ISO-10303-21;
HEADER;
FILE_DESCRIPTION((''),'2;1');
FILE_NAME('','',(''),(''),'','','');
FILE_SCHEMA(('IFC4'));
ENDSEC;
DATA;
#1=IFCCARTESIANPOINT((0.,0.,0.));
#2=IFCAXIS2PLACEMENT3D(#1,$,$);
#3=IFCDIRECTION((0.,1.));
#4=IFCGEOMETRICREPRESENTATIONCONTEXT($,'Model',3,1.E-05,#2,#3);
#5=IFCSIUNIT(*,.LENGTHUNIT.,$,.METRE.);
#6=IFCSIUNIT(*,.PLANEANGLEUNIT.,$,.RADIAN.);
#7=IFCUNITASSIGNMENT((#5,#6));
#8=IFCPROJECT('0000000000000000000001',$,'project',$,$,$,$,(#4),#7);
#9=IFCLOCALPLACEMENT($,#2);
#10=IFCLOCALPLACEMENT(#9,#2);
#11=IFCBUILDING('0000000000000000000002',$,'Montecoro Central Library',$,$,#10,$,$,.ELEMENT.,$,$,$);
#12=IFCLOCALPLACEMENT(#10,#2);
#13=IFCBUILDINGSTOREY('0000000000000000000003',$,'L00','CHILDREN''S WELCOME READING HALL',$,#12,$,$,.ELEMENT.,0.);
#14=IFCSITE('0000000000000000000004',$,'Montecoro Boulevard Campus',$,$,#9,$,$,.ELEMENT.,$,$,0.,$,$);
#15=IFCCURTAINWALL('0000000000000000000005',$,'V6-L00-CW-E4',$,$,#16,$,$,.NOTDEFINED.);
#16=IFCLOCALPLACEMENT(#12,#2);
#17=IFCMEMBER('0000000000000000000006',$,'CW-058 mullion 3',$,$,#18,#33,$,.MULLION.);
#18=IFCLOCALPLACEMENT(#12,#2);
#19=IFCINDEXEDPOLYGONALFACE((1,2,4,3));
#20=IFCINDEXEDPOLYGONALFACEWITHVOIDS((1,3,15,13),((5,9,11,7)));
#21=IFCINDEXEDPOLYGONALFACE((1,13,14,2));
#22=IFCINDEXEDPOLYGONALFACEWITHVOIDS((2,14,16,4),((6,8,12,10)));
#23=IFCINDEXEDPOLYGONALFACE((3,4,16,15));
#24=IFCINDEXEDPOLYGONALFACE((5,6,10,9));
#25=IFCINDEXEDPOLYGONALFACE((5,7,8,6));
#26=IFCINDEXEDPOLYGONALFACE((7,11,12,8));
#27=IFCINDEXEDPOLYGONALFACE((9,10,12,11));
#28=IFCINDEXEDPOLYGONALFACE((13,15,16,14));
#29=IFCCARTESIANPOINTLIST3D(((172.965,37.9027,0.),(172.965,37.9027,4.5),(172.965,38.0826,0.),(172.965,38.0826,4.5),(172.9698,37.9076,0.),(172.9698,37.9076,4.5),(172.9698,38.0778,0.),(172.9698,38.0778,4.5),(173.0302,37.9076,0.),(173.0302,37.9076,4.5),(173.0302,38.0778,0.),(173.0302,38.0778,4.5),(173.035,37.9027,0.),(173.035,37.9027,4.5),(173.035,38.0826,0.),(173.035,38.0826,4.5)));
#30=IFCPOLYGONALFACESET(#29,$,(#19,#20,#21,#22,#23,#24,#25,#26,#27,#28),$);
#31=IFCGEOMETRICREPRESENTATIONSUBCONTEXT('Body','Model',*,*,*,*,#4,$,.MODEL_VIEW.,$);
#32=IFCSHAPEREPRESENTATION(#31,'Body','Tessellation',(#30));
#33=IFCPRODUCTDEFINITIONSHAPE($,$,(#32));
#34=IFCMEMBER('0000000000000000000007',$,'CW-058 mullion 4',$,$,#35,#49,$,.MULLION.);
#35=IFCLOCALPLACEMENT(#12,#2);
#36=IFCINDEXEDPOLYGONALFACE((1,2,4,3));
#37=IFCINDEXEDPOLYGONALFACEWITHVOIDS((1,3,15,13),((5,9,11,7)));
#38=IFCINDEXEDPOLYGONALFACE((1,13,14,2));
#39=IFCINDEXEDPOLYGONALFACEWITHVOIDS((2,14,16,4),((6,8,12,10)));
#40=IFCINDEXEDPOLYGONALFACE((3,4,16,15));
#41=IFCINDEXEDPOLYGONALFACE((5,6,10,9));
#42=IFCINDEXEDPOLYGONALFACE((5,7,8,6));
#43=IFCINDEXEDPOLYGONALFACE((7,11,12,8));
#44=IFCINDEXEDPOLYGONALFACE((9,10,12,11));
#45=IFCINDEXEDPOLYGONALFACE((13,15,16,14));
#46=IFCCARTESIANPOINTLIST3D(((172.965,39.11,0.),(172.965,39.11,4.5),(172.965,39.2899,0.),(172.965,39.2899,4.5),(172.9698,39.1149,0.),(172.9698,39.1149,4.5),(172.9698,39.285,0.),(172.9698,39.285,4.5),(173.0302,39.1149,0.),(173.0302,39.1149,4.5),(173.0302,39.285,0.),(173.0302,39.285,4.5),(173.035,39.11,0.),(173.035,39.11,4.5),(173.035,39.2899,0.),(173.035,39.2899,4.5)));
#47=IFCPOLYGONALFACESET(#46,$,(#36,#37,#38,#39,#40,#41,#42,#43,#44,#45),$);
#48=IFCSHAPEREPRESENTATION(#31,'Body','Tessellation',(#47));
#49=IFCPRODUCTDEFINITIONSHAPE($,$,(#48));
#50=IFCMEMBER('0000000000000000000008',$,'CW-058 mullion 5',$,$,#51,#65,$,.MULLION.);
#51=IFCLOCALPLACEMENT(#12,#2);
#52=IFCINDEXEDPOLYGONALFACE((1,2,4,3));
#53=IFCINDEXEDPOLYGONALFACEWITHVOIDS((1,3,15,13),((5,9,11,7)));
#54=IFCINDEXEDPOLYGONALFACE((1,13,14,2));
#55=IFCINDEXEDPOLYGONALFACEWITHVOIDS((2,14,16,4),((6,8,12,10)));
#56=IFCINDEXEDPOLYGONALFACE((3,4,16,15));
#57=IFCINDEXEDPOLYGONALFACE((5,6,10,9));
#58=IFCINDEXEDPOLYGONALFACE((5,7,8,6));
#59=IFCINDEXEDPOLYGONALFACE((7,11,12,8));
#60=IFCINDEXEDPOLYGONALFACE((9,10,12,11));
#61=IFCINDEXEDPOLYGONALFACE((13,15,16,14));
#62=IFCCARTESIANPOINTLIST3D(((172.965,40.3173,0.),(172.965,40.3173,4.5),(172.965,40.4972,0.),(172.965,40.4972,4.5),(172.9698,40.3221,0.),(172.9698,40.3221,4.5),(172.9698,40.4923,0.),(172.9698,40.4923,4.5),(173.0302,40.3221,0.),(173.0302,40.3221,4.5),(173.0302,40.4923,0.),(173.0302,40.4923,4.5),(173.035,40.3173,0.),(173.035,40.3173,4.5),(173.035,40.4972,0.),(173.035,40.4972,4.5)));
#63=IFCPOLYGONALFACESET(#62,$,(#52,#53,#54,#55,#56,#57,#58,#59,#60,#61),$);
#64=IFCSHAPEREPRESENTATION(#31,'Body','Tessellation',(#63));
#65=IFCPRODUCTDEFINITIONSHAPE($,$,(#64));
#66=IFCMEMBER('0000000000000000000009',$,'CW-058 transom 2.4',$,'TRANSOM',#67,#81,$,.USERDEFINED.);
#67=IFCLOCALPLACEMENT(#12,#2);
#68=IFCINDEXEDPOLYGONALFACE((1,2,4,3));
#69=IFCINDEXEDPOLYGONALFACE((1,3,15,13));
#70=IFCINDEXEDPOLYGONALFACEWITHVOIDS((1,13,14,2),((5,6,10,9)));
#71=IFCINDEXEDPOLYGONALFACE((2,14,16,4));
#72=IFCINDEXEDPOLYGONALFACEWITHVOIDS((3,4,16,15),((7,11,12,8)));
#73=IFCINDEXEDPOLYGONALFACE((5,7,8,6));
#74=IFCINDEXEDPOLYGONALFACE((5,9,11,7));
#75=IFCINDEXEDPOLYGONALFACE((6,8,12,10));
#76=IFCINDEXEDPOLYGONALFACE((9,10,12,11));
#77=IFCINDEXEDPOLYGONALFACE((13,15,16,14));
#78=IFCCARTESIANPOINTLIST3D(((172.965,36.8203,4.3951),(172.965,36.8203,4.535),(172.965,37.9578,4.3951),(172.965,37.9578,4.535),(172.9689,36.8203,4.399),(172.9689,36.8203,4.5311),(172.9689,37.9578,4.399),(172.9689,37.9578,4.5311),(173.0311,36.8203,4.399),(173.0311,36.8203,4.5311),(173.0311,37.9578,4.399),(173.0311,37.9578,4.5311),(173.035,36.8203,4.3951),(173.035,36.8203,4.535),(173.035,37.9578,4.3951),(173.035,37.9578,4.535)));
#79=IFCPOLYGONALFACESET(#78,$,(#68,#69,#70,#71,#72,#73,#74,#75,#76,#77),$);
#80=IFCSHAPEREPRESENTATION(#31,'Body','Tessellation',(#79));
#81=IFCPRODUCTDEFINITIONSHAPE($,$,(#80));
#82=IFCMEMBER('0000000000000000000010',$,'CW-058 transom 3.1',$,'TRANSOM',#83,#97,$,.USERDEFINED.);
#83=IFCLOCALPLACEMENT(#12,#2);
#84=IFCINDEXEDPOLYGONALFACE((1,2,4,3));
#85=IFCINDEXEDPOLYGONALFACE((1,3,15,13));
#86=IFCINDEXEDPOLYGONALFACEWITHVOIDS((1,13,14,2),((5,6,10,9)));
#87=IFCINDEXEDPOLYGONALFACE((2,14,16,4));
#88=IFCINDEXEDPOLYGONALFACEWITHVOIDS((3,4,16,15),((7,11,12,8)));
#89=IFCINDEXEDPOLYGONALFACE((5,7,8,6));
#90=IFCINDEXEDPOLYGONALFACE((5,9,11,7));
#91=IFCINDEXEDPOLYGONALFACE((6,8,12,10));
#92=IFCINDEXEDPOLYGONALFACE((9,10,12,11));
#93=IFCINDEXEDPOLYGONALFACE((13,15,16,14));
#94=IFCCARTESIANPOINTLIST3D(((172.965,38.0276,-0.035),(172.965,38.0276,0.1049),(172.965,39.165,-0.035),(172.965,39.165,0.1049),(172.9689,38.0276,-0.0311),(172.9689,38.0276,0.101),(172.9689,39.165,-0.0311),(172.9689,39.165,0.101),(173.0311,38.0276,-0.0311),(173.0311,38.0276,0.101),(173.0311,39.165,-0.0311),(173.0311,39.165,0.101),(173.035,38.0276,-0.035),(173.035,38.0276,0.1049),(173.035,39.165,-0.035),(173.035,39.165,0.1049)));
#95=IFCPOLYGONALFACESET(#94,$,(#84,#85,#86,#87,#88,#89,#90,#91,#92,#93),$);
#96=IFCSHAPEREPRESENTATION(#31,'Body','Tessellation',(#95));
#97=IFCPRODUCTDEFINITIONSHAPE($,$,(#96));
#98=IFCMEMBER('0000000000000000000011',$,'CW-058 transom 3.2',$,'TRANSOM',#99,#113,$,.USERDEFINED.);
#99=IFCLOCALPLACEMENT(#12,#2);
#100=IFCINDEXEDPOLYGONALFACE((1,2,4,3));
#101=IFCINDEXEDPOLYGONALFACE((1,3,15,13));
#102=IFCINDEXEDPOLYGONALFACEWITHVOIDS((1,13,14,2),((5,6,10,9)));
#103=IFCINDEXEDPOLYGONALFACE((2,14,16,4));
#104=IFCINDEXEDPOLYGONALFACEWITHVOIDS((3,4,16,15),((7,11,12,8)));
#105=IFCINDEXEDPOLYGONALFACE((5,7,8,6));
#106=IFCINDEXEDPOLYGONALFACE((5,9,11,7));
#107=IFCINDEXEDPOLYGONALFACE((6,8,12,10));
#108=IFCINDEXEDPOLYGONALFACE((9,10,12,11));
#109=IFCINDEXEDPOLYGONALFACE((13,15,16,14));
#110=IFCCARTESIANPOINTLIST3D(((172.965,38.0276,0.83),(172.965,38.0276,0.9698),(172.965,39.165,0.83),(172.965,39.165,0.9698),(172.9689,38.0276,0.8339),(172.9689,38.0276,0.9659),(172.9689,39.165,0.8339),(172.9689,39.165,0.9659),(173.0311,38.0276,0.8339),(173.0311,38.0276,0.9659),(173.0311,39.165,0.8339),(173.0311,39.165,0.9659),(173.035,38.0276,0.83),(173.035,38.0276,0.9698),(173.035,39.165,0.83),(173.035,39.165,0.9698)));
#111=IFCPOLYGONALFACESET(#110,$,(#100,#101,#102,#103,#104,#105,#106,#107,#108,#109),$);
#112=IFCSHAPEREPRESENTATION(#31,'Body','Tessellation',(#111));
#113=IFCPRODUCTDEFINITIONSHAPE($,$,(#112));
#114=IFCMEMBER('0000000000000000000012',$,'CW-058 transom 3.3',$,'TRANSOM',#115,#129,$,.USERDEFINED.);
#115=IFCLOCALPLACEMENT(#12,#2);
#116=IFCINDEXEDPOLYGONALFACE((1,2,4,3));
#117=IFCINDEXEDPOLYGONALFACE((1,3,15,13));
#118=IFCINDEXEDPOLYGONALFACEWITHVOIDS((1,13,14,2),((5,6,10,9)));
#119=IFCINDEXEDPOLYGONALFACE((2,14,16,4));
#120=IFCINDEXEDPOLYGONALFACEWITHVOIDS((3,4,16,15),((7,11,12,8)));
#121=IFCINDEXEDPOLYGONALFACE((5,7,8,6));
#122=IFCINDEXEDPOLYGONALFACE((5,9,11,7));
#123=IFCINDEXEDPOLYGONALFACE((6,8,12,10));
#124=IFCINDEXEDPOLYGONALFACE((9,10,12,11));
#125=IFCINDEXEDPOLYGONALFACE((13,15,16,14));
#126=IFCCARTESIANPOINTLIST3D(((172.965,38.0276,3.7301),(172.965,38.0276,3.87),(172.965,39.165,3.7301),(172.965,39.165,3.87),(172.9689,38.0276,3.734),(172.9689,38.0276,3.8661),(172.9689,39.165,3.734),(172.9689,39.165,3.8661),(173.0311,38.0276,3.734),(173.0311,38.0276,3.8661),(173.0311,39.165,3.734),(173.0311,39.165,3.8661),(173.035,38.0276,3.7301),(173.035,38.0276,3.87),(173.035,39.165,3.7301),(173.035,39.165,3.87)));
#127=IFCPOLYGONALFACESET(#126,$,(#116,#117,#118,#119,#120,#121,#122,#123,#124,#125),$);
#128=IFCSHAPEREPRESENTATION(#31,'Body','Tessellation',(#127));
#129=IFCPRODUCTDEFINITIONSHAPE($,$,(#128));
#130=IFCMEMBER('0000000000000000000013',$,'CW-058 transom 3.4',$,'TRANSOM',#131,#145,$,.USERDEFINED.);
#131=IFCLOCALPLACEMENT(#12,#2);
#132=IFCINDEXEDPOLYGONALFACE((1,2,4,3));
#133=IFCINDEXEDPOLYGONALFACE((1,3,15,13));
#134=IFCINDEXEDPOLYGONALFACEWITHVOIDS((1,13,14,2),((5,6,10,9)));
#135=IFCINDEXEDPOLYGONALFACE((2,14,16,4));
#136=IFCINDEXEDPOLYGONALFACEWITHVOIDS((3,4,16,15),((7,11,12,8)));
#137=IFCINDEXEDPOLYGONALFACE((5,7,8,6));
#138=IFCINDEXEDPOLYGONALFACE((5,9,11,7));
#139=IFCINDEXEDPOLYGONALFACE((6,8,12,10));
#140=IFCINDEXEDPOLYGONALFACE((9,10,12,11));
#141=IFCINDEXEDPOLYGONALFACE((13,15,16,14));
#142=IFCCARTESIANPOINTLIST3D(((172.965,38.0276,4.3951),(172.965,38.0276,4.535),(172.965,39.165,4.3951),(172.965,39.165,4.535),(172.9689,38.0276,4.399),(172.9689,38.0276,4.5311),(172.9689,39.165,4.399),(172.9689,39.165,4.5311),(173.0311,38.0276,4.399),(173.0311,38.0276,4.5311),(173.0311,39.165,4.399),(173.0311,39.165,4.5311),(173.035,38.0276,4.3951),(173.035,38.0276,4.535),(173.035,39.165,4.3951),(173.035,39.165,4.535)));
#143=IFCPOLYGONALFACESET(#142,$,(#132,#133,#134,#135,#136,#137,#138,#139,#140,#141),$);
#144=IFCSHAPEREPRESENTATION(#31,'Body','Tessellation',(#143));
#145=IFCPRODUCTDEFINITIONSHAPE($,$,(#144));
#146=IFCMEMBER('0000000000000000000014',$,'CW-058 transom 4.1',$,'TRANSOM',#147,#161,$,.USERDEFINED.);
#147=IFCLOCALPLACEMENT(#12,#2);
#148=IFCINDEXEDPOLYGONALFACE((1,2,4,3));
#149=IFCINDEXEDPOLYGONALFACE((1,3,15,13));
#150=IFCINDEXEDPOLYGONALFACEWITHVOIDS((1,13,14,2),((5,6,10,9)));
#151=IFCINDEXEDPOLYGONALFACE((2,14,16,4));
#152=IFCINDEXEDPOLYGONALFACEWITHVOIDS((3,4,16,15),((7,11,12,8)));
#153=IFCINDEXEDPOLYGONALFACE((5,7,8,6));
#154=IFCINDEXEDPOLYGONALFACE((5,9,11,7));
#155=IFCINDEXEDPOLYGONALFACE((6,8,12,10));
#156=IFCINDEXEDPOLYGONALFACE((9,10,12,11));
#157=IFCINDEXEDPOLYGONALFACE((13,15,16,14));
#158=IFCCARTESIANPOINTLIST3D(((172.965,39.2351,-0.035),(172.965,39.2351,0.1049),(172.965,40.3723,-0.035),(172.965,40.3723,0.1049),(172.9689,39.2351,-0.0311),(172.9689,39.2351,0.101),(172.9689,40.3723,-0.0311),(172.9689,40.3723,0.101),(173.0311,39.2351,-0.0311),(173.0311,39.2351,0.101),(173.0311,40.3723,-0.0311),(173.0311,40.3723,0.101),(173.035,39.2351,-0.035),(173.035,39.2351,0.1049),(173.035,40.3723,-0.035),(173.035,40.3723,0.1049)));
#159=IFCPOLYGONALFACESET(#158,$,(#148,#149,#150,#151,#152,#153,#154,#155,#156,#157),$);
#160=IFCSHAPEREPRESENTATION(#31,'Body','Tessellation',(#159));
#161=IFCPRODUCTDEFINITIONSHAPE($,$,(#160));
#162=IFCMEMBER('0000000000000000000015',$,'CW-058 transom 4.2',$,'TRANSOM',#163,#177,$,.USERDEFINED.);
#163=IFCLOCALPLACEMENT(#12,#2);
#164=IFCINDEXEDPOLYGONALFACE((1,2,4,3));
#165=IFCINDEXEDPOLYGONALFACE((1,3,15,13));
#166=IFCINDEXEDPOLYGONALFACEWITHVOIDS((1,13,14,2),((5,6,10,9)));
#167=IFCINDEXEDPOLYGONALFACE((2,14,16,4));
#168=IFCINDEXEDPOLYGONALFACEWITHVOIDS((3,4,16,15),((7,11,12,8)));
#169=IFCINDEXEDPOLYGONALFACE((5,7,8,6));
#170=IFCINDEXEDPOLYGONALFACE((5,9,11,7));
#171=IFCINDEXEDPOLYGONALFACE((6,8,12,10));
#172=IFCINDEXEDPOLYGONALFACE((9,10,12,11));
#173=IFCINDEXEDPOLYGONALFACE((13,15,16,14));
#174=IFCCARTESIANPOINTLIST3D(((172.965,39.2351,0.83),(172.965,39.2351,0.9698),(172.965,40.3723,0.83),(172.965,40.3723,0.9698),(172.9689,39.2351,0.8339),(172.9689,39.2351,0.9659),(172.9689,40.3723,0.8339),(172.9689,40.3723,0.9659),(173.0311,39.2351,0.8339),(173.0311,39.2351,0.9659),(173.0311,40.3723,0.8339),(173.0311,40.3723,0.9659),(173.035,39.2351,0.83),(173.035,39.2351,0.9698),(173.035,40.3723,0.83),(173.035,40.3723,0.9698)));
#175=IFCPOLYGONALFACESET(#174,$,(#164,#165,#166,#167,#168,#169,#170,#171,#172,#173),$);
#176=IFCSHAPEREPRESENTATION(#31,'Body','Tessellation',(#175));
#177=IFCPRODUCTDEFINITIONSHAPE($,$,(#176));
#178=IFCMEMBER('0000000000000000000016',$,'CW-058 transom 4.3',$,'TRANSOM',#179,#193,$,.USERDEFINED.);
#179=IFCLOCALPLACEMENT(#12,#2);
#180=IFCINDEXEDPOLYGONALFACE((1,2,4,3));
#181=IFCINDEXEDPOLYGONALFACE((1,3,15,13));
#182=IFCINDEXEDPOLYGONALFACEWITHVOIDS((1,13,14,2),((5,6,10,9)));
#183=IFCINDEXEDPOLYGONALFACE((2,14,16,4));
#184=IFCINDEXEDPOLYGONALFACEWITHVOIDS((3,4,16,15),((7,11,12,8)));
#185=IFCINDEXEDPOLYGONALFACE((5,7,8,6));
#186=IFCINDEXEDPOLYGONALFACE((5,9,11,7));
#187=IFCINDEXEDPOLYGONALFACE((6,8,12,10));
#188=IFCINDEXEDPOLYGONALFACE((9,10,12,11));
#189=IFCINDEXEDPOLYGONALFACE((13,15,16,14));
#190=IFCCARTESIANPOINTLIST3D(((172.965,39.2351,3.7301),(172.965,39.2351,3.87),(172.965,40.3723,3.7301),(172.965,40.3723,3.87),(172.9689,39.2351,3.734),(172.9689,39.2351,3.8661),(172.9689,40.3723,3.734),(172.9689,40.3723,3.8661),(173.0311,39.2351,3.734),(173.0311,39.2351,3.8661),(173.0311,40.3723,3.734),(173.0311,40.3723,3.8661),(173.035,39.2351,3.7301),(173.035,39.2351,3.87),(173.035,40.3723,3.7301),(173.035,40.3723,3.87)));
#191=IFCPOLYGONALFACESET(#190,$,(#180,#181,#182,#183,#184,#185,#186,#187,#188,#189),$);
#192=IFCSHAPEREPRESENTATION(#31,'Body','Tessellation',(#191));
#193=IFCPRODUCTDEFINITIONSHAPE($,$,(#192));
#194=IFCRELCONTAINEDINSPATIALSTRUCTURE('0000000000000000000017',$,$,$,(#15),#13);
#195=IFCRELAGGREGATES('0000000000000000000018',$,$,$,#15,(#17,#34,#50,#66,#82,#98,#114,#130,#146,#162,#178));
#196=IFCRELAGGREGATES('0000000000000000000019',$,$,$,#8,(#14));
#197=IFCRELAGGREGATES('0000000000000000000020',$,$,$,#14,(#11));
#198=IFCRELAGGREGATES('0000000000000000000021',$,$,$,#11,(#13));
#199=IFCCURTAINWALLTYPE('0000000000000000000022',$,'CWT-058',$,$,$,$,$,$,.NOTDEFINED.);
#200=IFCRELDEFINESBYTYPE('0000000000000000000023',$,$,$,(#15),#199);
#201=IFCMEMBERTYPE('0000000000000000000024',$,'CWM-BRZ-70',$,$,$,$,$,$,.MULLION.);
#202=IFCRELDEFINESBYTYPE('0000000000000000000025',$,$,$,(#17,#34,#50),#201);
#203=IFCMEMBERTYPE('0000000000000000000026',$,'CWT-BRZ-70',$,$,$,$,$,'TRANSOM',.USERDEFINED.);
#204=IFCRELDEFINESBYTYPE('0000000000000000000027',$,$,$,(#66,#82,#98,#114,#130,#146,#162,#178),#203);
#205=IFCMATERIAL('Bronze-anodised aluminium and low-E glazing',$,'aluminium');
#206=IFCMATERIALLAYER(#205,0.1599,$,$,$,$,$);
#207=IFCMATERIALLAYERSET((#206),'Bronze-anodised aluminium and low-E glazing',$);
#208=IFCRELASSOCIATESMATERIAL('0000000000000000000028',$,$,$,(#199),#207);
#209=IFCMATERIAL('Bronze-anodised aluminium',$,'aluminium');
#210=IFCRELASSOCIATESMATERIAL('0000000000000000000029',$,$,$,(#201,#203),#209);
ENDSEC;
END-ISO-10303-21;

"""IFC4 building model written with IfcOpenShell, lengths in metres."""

from ifc_helpers import new_model, si_unit, direction, frame, origin, origin_2d, place, context, subcontext, project, spatial, hollow_rectangle, extrude, material, layer, layer_set, material_profile, profile_set, type_object, element, aggregate, save


model = new_model("IFC4")

# Units and contexts
model_context = context("Model", 3, precision=1e-05, world=origin(), true_north=direction((0.0, 1.0)))
body_context = subcontext(model_context, "Body", "Model", "MODEL_VIEW")
ifc_project = project(units=[si_unit("LENGTHUNIT", "METRE"), si_unit("PLANEANGLEUNIT", "RADIAN")], contexts=[model_context])

# Site, building, storey
site_placement = place(None, origin())
site = spatial("IfcSite", under=ifc_project, at=site_placement, Name="Montecoro Boulevard Campus", CompositionType="ELEMENT", RefElevation=0.0)
building_placement = place(site_placement, origin())
building = spatial("IfcBuilding", under=site, at=building_placement, Name="Montecoro Central Library", CompositionType="ELEMENT")
storey_placement = place(building_placement, origin())
storey = spatial("IfcBuildingStorey", under=building, at=storey_placement, Name="L00", Description="CHILDREN'S WELCOME READING HALL", CompositionType="ELEMENT", Elevation=0.0)

# Curtain wall, members
ifc_material_1 = material(Name="Bronze-anodised aluminium and low-E glazing", Category="aluminium")
ifc_layer_1 = layer(ifc_material_1, 0.1599)
ifc_layer_set_1 = layer_set([ifc_layer_1], Name="Bronze-anodised aluminium and low-E glazing")
curtain_wall_type = type_object("IfcCurtainWallType", Name="CWT-058", PredefinedType="NOTDEFINED", material=ifc_layer_set_1)
curtain_wall_placement = place(storey_placement, origin())
curtain_wall = element("IfcCurtainWall", 1, at=curtain_wall_placement, inside=storey, type_object=curtain_wall_type, Name="V6-L00-CW-E4", PredefinedType="NOTDEFINED")
ifc_material_2 = material(Name="Bronze-anodised aluminium", Category="aluminium")
ifc_material_profile_1 = material_profile(ifc_material_2, hollow_rectangle(XDim=0.0701, YDim=0.1799, WallThickness=0.0049, at=origin_2d()), Name="CWM 180x70x5.0")
ifc_profile_set_1 = profile_set([ifc_material_profile_1], Name="Bronze-anodised aluminium")
member_type_1 = type_object("IfcMemberType", Name="CWM-BRZ-70", PredefinedType="MULLION", material=ifc_profile_set_1)
member_1_placement = place(storey_placement, frame((173.0, 37.9927, 0.0), z_axis=(0.0, 0.0, 1.0), x_axis=(-1.0, 0.0, 0.0)))
member_1 = element("IfcMember", 2, at=member_1_placement, type_object=member_type_1, Name="CW-058 mullion 3", PredefinedType="MULLION", context=body_context, shape_type="SweptSolid", body=[
    extrude(hollow_rectangle(XDim=0.0701, YDim=0.1799, WallThickness=0.0049, at=origin_2d()), origin(), (0.0, 0.0, 1.0), 4.5),
])
member_2_placement = place(storey_placement, frame((173.0, 39.2, 0.0), z_axis=(0.0, 0.0, 1.0), x_axis=(-1.0, 0.0, 0.0)))
member_2 = element("IfcMember", 3, at=member_2_placement, type_object=member_type_1, Name="CW-058 mullion 4", PredefinedType="MULLION", context=body_context, shape_type="SweptSolid", body=[
    extrude(hollow_rectangle(XDim=0.0701, YDim=0.1799, WallThickness=0.0049, at=origin_2d()), origin(), (0.0, 0.0, 1.0), 4.5),
])
member_3_placement = place(storey_placement, frame((173.0, 40.4072, 0.0), z_axis=(0.0, 0.0, 1.0), x_axis=(-1.0, 0.0, 0.0)))
member_3 = element("IfcMember", 4, at=member_3_placement, type_object=member_type_1, Name="CW-058 mullion 5", PredefinedType="MULLION", context=body_context, shape_type="SweptSolid", body=[
    extrude(hollow_rectangle(XDim=0.0701, YDim=0.1799, WallThickness=0.0049, at=origin_2d()), origin(), (0.0, 0.0, 1.0), 4.5),
])
ifc_material_profile_2 = material_profile(ifc_material_2, hollow_rectangle(XDim=0.0701, YDim=0.1399, WallThickness=0.0039, at=origin_2d()), Name="CWT 140x70x4.0")
ifc_profile_set_2 = profile_set([ifc_material_profile_2], Name="Bronze-anodised aluminium")
member_type_2 = type_object("IfcMemberType", Name="CWT-BRZ-70", ElementType="TRANSOM", PredefinedType="USERDEFINED", material=ifc_profile_set_2)
member_4_placement = place(storey_placement, frame((173.0, 36.8203, 4.4651), z_axis=(0.0, 1.0, 0.0), x_axis=(-1.0, 0.0, 0.0)))
member_4 = element("IfcMember", 5, at=member_4_placement, type_object=member_type_2, Name="CW-058 transom 2.4", ObjectType="TRANSOM", PredefinedType="USERDEFINED", context=body_context, shape_type="SweptSolid", body=[
    extrude(hollow_rectangle(XDim=0.0701, YDim=0.1399, WallThickness=0.0039, at=origin_2d()), origin(), (0.0, 0.0, 1.0), 1.1375),
])
member_5_placement = place(storey_placement, frame((173.0, 38.0276, 0.0349), z_axis=(0.0, 1.0, 0.0), x_axis=(-1.0, 0.0, 0.0)))
member_5 = element("IfcMember", 6, at=member_5_placement, type_object=member_type_2, Name="CW-058 transom 3.1", ObjectType="TRANSOM", PredefinedType="USERDEFINED", context=body_context, shape_type="SweptSolid", body=[
    extrude(hollow_rectangle(XDim=0.0701, YDim=0.1399, WallThickness=0.0039, at=origin_2d()), origin(), (0.0, 0.0, 1.0), 1.1375),
])
member_6_placement = place(storey_placement, frame((173.0, 38.0276, 0.8999), z_axis=(0.0, 1.0, 0.0), x_axis=(-1.0, 0.0, 0.0)))
member_6 = element("IfcMember", 7, at=member_6_placement, type_object=member_type_2, Name="CW-058 transom 3.2", ObjectType="TRANSOM", PredefinedType="USERDEFINED", context=body_context, shape_type="SweptSolid", body=[
    extrude(hollow_rectangle(XDim=0.0701, YDim=0.1399, WallThickness=0.0039, at=origin_2d()), origin(), (0.0, 0.0, 1.0), 1.1375),
])
member_7_placement = place(storey_placement, frame((173.0, 38.0276, 3.8), z_axis=(0.0, 1.0, 0.0), x_axis=(-1.0, 0.0, 0.0)))
member_7 = element("IfcMember", 8, at=member_7_placement, type_object=member_type_2, Name="CW-058 transom 3.3", ObjectType="TRANSOM", PredefinedType="USERDEFINED", context=body_context, shape_type="SweptSolid", body=[
    extrude(hollow_rectangle(XDim=0.0701, YDim=0.1399, WallThickness=0.0039, at=origin_2d()), origin(), (0.0, 0.0, 1.0), 1.1375),
])
member_8_placement = place(storey_placement, frame((173.0, 38.0276, 4.4651), z_axis=(0.0, 1.0, 0.0), x_axis=(-1.0, 0.0, 0.0)))
member_8 = element("IfcMember", 9, at=member_8_placement, type_object=member_type_2, Name="CW-058 transom 3.4", ObjectType="TRANSOM", PredefinedType="USERDEFINED", context=body_context, shape_type="SweptSolid", body=[
    extrude(hollow_rectangle(XDim=0.0701, YDim=0.1399, WallThickness=0.0039, at=origin_2d()), origin(), (0.0, 0.0, 1.0), 1.1375),
])
member_9_placement = place(storey_placement, frame((173.0, 39.2351, 0.0349), z_axis=(0.0, 1.0, 0.0), x_axis=(-1.0, 0.0, 0.0)))
member_9 = element("IfcMember", 10, at=member_9_placement, type_object=member_type_2, Name="CW-058 transom 4.1", ObjectType="TRANSOM", PredefinedType="USERDEFINED", context=body_context, shape_type="SweptSolid", body=[
    extrude(hollow_rectangle(XDim=0.0701, YDim=0.1399, WallThickness=0.0039, at=origin_2d()), origin(), (0.0, 0.0, 1.0), 1.1372),
])
member_10_placement = place(storey_placement, frame((173.0, 39.2351, 0.8999), z_axis=(0.0, 1.0, 0.0), x_axis=(-1.0, 0.0, 0.0)))
member_10 = element("IfcMember", 11, at=member_10_placement, type_object=member_type_2, Name="CW-058 transom 4.2", ObjectType="TRANSOM", PredefinedType="USERDEFINED", context=body_context, shape_type="SweptSolid", body=[
    extrude(hollow_rectangle(XDim=0.0701, YDim=0.1399, WallThickness=0.0039, at=origin_2d()), origin(), (0.0, 0.0, 1.0), 1.1372),
])
member_11_placement = place(storey_placement, frame((173.0, 39.2351, 3.8), z_axis=(0.0, 1.0, 0.0), x_axis=(-1.0, 0.0, 0.0)))
member_11 = element("IfcMember", 12, at=member_11_placement, type_object=member_type_2, Name="CW-058 transom 4.3", ObjectType="TRANSOM", PredefinedType="USERDEFINED", context=body_context, shape_type="SweptSolid", body=[
    extrude(hollow_rectangle(XDim=0.0701, YDim=0.1399, WallThickness=0.0039, at=origin_2d()), origin(), (0.0, 0.0, 1.0), 1.1372),
])
aggregate(curtain_wall, [member_1, member_2, member_3, member_4, member_5, member_6, member_7, member_8, member_9, member_10, member_11])

save(model, "model.ifc")
